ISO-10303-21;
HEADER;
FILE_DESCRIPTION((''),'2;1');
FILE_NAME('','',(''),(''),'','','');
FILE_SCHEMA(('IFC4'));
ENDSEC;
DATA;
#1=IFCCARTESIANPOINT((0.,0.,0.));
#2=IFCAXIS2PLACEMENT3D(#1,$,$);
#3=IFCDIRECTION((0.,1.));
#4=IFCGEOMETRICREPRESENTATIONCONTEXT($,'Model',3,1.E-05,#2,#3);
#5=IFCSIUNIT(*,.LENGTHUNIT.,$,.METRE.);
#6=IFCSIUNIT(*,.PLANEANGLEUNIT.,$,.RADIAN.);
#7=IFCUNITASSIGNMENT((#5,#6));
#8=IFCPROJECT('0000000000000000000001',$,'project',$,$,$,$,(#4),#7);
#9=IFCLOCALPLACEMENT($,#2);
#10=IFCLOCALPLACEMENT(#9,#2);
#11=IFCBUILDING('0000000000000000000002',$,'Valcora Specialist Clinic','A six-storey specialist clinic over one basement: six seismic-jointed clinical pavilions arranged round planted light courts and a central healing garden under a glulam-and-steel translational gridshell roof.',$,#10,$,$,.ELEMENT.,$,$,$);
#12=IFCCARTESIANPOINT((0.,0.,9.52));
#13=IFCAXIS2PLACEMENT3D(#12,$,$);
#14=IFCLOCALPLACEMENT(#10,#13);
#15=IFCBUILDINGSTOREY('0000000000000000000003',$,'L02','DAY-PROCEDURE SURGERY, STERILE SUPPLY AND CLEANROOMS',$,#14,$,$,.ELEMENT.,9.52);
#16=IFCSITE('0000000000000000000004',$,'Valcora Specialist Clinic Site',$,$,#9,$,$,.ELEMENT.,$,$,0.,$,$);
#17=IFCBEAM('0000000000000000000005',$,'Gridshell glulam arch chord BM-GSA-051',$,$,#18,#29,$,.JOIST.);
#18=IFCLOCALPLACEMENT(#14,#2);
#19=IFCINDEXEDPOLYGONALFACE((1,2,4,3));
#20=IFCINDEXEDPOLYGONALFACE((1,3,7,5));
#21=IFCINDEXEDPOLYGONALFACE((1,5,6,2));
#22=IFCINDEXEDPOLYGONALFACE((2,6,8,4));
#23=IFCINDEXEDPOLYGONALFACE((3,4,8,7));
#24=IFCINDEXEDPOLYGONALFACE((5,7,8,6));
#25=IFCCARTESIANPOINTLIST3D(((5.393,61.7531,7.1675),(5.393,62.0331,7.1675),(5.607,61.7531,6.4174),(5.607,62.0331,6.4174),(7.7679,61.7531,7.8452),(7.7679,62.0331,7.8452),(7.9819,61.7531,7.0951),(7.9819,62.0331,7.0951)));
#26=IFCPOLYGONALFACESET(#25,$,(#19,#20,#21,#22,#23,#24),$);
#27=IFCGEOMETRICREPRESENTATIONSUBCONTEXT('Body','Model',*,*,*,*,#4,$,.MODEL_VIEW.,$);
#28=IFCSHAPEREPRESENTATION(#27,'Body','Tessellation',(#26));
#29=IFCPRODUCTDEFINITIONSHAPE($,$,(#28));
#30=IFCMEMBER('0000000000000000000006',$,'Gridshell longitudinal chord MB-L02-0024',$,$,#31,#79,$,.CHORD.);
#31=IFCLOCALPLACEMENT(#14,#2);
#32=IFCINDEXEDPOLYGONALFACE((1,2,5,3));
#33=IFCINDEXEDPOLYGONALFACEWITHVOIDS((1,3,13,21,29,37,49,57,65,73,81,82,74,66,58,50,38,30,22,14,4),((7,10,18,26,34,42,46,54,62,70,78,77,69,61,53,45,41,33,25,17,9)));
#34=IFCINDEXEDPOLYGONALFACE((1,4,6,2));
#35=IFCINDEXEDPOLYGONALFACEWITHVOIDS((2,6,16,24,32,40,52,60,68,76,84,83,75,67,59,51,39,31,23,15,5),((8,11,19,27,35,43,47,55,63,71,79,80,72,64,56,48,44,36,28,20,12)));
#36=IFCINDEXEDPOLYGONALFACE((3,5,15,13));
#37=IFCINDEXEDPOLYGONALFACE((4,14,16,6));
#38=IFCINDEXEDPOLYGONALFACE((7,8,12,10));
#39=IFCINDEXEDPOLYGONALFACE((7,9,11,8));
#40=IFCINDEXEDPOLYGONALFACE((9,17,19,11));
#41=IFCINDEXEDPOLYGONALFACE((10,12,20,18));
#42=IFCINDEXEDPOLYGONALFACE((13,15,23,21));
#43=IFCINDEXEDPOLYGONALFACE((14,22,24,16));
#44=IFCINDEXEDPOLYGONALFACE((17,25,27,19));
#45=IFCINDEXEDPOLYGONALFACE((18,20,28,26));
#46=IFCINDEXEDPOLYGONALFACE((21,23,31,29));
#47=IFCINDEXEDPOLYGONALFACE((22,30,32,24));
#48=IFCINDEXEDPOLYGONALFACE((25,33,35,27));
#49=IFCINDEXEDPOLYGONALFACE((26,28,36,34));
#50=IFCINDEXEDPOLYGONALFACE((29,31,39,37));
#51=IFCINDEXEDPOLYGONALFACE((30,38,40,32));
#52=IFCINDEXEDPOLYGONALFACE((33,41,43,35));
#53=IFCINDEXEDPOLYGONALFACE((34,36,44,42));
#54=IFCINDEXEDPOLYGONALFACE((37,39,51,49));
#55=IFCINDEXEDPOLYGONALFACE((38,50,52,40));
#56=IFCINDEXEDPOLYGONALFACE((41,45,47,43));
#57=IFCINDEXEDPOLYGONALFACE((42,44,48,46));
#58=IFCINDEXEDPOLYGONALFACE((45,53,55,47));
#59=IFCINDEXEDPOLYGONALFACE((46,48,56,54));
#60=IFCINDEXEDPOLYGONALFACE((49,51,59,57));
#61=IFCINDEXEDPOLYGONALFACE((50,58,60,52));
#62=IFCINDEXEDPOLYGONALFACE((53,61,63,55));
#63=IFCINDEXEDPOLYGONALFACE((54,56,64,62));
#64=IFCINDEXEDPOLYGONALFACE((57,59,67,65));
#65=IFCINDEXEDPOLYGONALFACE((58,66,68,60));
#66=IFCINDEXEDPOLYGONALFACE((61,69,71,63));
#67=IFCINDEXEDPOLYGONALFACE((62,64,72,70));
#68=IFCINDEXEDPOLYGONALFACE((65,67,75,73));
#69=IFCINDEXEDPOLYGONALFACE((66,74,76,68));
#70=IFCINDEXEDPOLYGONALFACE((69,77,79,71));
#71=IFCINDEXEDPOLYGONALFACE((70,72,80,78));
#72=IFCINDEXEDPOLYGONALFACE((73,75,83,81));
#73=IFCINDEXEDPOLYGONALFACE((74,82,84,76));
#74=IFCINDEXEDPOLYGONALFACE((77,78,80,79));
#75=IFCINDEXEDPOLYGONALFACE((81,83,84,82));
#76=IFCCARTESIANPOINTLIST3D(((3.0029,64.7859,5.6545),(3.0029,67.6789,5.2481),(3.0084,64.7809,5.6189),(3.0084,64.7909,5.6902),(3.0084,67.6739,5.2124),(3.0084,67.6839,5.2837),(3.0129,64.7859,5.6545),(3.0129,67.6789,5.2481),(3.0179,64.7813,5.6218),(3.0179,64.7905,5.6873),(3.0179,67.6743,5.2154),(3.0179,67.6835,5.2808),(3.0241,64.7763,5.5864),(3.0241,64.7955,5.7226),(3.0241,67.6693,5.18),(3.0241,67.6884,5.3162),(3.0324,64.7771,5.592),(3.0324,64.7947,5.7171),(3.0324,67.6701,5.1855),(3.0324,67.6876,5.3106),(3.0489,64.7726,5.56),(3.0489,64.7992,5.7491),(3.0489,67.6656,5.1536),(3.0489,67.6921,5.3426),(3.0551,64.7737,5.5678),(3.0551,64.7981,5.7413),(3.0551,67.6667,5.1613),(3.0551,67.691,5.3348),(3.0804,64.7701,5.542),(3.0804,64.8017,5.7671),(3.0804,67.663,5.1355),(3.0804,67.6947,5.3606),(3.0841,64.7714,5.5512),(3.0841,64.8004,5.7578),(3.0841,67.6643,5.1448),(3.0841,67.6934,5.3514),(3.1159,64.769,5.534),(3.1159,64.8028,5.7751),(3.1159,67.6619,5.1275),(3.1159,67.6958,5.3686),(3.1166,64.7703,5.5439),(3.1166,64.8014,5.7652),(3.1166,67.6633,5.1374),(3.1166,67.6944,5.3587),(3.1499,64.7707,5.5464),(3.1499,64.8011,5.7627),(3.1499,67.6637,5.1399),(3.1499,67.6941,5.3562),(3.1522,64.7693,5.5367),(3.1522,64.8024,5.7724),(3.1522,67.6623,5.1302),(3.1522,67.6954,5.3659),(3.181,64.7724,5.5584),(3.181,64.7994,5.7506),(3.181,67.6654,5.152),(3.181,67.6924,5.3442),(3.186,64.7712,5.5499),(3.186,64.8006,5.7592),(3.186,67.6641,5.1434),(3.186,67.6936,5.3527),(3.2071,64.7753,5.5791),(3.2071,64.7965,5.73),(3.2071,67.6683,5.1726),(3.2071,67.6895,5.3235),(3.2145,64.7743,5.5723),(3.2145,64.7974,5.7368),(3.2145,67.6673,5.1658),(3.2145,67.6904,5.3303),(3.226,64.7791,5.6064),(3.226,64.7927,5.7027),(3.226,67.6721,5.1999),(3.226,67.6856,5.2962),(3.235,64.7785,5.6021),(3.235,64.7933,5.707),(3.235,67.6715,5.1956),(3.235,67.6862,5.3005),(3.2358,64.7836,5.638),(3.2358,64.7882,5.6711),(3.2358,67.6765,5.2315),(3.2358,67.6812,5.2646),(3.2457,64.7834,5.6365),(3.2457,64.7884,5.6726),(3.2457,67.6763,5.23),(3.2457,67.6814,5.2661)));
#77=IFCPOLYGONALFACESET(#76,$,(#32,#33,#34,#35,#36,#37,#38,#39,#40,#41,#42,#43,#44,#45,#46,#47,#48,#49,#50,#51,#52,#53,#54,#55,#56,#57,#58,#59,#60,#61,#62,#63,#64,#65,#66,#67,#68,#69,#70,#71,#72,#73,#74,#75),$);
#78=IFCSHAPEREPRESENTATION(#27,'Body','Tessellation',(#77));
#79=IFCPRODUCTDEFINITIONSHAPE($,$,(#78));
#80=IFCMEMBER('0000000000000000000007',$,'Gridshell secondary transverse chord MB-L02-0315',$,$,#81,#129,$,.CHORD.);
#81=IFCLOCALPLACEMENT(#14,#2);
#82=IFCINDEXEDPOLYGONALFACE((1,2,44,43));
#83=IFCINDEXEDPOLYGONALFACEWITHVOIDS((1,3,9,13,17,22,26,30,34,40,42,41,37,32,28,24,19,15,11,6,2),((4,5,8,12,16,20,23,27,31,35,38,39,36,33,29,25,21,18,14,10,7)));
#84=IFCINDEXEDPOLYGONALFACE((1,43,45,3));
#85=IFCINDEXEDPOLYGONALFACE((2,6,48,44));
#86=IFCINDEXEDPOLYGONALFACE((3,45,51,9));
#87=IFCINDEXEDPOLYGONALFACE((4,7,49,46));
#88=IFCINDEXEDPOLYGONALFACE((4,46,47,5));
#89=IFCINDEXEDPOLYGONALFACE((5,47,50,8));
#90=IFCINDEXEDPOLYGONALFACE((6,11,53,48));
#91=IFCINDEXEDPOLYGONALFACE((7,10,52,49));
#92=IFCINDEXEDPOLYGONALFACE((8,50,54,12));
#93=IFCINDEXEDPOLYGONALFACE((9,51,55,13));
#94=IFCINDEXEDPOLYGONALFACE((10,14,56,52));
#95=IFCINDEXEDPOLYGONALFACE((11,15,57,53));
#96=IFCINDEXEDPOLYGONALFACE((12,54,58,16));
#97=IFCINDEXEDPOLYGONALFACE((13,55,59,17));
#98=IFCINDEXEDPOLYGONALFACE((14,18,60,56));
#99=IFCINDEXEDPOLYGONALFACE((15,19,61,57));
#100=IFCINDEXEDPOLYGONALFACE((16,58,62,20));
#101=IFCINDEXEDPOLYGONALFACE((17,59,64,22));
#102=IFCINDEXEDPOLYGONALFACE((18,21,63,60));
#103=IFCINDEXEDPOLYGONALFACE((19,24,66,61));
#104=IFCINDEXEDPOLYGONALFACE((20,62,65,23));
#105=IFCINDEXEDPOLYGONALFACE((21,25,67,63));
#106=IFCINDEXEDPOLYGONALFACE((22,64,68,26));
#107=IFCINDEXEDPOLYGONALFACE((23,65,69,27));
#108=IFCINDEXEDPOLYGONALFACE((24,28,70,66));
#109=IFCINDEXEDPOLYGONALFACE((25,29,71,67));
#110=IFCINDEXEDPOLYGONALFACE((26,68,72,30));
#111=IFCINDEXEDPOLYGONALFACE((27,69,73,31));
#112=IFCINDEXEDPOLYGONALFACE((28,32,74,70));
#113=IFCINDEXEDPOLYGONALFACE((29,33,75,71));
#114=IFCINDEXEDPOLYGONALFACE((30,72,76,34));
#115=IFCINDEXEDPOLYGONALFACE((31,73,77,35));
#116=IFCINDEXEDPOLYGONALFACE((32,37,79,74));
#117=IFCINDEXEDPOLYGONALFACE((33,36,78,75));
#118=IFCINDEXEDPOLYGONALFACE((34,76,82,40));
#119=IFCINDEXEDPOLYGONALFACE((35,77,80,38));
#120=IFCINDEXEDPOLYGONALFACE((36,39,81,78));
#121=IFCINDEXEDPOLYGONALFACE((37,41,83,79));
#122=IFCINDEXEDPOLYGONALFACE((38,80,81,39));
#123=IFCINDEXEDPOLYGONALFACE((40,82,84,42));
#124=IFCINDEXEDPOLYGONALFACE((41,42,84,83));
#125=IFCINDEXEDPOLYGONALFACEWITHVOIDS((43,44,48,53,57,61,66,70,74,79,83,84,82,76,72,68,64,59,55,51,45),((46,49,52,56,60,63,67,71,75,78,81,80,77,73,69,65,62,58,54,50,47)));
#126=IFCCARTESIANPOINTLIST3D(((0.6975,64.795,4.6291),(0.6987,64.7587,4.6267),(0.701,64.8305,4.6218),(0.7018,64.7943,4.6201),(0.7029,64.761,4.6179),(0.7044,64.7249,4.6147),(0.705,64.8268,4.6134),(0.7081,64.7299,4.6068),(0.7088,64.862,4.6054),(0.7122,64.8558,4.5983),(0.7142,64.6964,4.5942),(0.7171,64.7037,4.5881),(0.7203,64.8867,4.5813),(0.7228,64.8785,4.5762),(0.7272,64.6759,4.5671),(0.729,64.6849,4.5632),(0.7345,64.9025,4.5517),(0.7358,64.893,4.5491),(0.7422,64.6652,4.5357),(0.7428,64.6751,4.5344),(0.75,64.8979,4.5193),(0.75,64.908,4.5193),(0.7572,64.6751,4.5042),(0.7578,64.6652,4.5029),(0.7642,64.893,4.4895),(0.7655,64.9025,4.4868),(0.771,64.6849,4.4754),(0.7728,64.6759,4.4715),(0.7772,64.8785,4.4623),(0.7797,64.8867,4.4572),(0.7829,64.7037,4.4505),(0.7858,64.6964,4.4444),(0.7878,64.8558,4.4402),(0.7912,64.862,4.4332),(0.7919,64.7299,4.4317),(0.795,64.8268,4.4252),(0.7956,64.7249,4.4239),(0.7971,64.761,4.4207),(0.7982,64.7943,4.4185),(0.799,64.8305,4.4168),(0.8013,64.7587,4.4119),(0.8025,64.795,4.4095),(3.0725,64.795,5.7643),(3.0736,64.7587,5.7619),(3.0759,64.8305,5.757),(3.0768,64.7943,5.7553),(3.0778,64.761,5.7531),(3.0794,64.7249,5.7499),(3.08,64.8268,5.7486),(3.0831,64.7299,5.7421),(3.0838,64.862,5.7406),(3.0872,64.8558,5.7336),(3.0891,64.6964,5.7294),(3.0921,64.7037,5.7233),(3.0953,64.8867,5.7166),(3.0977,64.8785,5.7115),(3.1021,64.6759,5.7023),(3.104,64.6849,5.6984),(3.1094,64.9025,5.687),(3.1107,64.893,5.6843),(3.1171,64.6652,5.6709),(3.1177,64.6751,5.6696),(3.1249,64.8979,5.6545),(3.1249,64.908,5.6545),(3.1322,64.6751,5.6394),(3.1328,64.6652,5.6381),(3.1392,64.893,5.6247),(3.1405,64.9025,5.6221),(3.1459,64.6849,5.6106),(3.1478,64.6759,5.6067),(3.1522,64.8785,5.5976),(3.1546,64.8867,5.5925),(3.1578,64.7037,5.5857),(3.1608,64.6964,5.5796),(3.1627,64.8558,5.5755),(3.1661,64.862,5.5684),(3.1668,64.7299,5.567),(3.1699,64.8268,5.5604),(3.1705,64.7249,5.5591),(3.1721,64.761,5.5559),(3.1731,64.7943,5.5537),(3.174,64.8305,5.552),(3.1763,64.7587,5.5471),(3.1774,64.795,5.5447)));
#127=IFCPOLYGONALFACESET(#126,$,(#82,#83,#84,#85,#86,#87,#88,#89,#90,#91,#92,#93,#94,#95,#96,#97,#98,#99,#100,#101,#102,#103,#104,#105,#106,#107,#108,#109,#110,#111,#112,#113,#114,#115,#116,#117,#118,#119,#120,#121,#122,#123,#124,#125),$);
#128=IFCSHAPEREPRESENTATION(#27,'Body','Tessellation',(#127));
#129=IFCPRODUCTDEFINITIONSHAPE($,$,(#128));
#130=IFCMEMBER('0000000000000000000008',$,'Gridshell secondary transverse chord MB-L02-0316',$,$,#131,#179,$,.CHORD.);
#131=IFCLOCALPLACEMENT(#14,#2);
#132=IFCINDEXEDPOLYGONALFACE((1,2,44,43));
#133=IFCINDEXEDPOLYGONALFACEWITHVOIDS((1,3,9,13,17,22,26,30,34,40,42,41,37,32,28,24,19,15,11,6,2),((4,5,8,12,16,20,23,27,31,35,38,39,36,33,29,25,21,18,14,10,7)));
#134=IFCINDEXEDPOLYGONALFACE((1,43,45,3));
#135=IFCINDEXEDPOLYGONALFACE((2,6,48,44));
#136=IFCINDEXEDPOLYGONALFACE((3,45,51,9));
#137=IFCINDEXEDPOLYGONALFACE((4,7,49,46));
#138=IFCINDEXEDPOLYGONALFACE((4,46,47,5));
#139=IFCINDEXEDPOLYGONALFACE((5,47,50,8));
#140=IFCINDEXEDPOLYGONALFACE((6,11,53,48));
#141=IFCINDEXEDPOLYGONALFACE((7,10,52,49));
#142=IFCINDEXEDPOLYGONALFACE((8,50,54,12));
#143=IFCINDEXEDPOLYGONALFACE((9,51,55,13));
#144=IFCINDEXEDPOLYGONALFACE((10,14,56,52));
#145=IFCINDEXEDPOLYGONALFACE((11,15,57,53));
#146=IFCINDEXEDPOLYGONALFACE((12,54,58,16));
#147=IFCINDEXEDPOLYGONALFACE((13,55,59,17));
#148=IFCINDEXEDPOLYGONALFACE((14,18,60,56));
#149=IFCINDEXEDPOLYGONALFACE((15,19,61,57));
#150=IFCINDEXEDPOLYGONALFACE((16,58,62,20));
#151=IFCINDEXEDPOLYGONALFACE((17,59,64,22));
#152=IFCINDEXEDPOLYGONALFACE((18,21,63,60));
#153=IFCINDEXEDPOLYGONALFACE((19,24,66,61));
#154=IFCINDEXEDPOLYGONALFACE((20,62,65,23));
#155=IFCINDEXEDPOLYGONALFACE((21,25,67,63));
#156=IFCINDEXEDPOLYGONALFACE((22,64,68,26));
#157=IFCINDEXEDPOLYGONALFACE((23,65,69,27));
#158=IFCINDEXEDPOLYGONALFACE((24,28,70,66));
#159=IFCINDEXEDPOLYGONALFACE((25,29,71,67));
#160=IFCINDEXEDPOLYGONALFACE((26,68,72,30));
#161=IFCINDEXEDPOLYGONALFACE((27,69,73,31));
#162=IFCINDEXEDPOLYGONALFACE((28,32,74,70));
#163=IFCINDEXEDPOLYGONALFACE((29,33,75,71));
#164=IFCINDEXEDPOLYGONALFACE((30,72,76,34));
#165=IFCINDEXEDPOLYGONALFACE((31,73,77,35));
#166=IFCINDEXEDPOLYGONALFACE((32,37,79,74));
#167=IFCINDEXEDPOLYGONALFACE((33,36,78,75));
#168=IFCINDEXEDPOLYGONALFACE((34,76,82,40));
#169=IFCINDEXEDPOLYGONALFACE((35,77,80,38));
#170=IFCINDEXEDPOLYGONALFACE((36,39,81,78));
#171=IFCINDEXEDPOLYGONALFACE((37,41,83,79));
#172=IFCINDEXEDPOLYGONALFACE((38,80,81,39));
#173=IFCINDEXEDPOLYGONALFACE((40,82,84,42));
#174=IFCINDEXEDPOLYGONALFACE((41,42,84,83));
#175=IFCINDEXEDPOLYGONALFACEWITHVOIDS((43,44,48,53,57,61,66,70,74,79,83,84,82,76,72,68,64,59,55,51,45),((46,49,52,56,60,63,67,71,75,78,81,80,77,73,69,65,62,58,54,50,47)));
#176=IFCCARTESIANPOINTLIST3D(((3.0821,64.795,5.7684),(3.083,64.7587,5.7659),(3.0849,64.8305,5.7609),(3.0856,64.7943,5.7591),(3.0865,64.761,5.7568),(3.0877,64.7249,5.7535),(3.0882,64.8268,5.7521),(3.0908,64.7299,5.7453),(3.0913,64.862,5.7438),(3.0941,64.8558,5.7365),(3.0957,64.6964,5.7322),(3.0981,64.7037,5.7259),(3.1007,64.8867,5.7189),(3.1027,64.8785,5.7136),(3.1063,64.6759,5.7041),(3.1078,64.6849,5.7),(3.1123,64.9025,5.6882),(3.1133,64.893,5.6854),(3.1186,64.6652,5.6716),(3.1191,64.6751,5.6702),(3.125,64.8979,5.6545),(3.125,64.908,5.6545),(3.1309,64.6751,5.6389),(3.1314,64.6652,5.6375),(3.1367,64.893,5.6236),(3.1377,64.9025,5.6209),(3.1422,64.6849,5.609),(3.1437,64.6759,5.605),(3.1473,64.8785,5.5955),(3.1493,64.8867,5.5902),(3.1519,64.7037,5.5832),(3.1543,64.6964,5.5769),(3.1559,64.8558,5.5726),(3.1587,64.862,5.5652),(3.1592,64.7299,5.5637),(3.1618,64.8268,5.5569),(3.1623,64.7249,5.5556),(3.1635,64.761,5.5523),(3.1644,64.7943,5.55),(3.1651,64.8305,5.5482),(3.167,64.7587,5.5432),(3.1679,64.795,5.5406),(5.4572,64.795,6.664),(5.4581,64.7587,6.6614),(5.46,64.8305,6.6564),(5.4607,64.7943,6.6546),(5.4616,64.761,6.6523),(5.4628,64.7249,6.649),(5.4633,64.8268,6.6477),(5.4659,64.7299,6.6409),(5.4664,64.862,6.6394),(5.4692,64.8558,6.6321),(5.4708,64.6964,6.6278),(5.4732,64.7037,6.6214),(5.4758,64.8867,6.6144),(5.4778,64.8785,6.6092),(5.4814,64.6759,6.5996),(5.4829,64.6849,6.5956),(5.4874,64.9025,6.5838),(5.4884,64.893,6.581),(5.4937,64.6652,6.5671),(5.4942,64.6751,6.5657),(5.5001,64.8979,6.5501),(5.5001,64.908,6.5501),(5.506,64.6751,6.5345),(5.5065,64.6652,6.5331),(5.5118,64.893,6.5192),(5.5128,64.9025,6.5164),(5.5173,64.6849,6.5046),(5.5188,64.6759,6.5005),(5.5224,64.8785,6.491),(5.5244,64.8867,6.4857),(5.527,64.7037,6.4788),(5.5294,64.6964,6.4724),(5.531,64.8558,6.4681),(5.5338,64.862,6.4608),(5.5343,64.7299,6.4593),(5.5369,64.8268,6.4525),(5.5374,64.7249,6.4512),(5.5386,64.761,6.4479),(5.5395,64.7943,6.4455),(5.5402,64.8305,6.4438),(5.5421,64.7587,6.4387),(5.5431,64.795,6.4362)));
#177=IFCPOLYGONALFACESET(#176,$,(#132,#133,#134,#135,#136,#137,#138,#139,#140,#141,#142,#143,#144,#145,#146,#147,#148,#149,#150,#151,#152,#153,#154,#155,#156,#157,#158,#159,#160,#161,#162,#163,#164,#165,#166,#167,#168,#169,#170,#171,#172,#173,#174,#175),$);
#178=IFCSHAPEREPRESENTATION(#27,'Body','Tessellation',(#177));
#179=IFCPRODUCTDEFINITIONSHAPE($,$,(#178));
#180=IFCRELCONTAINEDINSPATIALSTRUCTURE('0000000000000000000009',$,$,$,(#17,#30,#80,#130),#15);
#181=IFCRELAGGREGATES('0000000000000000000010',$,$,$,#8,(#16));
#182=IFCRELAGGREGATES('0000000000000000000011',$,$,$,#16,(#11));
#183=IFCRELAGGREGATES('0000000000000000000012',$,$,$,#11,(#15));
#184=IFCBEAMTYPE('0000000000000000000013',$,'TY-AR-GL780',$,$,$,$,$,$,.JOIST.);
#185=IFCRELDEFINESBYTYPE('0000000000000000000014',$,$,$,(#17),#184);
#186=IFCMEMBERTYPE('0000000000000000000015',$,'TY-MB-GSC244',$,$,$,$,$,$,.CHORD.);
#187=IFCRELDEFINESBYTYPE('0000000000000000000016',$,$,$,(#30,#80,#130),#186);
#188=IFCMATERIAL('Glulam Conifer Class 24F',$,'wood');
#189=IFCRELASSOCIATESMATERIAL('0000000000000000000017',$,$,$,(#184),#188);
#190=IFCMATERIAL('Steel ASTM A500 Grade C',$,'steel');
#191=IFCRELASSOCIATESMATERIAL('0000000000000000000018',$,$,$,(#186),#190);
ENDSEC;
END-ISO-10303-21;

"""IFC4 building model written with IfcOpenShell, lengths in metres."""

from ifc_helpers import new_model, si_unit, direction, frame, origin, origin_2d, place, context, subcontext, project, spatial, rectangle, hollow_circle, extrude, material, material_profile, profile_set, type_object, element, save


model = new_model("IFC4")

# Units and contexts
model_context = context("Model", 3, precision=1e-05, world=origin(), true_north=direction((0.0, 1.0)))
body_context = subcontext(model_context, "Body", "Model", "MODEL_VIEW")
ifc_project = project(units=[si_unit("LENGTHUNIT", "METRE"), si_unit("PLANEANGLEUNIT", "RADIAN")], contexts=[model_context])

# Site, building, storey
site_placement = place(None, origin())
site = spatial("IfcSite", under=ifc_project, at=site_placement, Name="Valcora Specialist Clinic Site", CompositionType="ELEMENT", RefElevation=0.0)
building_placement = place(site_placement, origin())
building = spatial("IfcBuilding", under=site, at=building_placement, Name="Valcora Specialist Clinic", Description="A six-storey specialist clinic over one basement: six seismic-jointed clinical pavilions arranged round planted light courts and a central healing garden under a glulam-and-steel translational gridshell roof.", CompositionType="ELEMENT")
storey_placement = place(building_placement, frame((0.0, 0.0, 9.52)))
storey = spatial("IfcBuildingStorey", under=building, at=storey_placement, Name="L02", Description="DAY-PROCEDURE SURGERY, STERILE SUPPLY AND CLEANROOMS", CompositionType="ELEMENT", Elevation=9.52)

# Beam
ifc_material_1 = material(Name="Glulam Conifer Class 24F", Category="wood")
ifc_material_profile_1 = material_profile(ifc_material_1, rectangle(XDim=0.28, YDim=0.78, at=origin_2d()), Name="GL-ARC-280X780")
ifc_profile_set_1 = profile_set([ifc_material_profile_1], Name="Glulam Conifer Class 24F")
beam_type = type_object("IfcBeamType", Name="TY-AR-GL780", PredefinedType="JOIST", material=ifc_profile_set_1)
beam_placement = place(storey_placement, frame((5.5, 61.8931, 6.7925), z_axis=(0.961613, 0.0, 0.274408), x_axis=(0.0, 1.0, 0.0)))
element("IfcBeam", 1, at=beam_placement, inside=storey, type_object=beam_type, Name="Gridshell glulam arch chord BM-GSA-051", PredefinedType="JOIST", context=body_context, shape_type="SweptSolid", body=[
    extrude(rectangle(XDim=0.28, YDim=0.78, at=origin_2d()), origin(), (0.0, 0.0, 1.0), 2.4697),
])

# Members
ifc_material_2 = material(Name="Steel ASTM A500 Grade C", Category="steel")
ifc_material_profile_2 = material_profile(ifc_material_2, hollow_circle(Radius=0.1221, WallThickness=0.01, at=origin_2d()), Name="ST-CHS-244X10")
ifc_profile_set_2 = profile_set([ifc_material_profile_2], Name="Steel ASTM A500 Grade C")
member_type_1 = type_object("IfcMemberType", Name="TY-MB-GSC244", PredefinedType="CHORD", material=ifc_profile_set_2)
member_1_placement = place(storey_placement, frame((3.125, 64.7859, 5.6545), z_axis=(0.0, 0.990273, -0.13914), x_axis=(-1.0, 0.0, 0.0)))
element("IfcMember", 2, at=member_1_placement, inside=storey, type_object=member_type_1, Name="Gridshell longitudinal chord MB-L02-0024", PredefinedType="CHORD", context=body_context, shape_type="SweptSolid", body=[
    extrude(hollow_circle(Radius=0.1221, WallThickness=0.01, at=origin_2d()), origin(), (0.0, 0.0, 1.0), 2.9214),
])
member_2_placement = place(storey_placement, frame((0.75, 64.7859, 4.5193), z_axis=(0.902225, 0.0, 0.431265), x_axis=(0.0, 1.0, 0.0)))
element("IfcMember", 3, at=member_2_placement, inside=storey, type_object=member_type_1, Name="Gridshell secondary transverse chord MB-L02-0315", PredefinedType="CHORD", context=body_context, shape_type="SweptSolid", body=[
    extrude(hollow_circle(Radius=0.1221, WallThickness=0.01, at=origin_2d()), origin(), (0.0, 0.0, 1.0), 2.6323),
])
member_3_placement = place(storey_placement, frame((3.125, 64.7859, 5.6545), z_axis=(0.935695, 0.0, 0.352809), x_axis=(0.0, 1.0, 0.0)))
element("IfcMember", 4, at=member_3_placement, inside=storey, type_object=member_type_1, Name="Gridshell secondary transverse chord MB-L02-0316", PredefinedType="CHORD", context=body_context, shape_type="SweptSolid", body=[
    extrude(hollow_circle(Radius=0.1221, WallThickness=0.01, at=origin_2d()), origin(), (0.0, 0.0, 1.0), 2.5383),
])

save(model, "model.ifc")
